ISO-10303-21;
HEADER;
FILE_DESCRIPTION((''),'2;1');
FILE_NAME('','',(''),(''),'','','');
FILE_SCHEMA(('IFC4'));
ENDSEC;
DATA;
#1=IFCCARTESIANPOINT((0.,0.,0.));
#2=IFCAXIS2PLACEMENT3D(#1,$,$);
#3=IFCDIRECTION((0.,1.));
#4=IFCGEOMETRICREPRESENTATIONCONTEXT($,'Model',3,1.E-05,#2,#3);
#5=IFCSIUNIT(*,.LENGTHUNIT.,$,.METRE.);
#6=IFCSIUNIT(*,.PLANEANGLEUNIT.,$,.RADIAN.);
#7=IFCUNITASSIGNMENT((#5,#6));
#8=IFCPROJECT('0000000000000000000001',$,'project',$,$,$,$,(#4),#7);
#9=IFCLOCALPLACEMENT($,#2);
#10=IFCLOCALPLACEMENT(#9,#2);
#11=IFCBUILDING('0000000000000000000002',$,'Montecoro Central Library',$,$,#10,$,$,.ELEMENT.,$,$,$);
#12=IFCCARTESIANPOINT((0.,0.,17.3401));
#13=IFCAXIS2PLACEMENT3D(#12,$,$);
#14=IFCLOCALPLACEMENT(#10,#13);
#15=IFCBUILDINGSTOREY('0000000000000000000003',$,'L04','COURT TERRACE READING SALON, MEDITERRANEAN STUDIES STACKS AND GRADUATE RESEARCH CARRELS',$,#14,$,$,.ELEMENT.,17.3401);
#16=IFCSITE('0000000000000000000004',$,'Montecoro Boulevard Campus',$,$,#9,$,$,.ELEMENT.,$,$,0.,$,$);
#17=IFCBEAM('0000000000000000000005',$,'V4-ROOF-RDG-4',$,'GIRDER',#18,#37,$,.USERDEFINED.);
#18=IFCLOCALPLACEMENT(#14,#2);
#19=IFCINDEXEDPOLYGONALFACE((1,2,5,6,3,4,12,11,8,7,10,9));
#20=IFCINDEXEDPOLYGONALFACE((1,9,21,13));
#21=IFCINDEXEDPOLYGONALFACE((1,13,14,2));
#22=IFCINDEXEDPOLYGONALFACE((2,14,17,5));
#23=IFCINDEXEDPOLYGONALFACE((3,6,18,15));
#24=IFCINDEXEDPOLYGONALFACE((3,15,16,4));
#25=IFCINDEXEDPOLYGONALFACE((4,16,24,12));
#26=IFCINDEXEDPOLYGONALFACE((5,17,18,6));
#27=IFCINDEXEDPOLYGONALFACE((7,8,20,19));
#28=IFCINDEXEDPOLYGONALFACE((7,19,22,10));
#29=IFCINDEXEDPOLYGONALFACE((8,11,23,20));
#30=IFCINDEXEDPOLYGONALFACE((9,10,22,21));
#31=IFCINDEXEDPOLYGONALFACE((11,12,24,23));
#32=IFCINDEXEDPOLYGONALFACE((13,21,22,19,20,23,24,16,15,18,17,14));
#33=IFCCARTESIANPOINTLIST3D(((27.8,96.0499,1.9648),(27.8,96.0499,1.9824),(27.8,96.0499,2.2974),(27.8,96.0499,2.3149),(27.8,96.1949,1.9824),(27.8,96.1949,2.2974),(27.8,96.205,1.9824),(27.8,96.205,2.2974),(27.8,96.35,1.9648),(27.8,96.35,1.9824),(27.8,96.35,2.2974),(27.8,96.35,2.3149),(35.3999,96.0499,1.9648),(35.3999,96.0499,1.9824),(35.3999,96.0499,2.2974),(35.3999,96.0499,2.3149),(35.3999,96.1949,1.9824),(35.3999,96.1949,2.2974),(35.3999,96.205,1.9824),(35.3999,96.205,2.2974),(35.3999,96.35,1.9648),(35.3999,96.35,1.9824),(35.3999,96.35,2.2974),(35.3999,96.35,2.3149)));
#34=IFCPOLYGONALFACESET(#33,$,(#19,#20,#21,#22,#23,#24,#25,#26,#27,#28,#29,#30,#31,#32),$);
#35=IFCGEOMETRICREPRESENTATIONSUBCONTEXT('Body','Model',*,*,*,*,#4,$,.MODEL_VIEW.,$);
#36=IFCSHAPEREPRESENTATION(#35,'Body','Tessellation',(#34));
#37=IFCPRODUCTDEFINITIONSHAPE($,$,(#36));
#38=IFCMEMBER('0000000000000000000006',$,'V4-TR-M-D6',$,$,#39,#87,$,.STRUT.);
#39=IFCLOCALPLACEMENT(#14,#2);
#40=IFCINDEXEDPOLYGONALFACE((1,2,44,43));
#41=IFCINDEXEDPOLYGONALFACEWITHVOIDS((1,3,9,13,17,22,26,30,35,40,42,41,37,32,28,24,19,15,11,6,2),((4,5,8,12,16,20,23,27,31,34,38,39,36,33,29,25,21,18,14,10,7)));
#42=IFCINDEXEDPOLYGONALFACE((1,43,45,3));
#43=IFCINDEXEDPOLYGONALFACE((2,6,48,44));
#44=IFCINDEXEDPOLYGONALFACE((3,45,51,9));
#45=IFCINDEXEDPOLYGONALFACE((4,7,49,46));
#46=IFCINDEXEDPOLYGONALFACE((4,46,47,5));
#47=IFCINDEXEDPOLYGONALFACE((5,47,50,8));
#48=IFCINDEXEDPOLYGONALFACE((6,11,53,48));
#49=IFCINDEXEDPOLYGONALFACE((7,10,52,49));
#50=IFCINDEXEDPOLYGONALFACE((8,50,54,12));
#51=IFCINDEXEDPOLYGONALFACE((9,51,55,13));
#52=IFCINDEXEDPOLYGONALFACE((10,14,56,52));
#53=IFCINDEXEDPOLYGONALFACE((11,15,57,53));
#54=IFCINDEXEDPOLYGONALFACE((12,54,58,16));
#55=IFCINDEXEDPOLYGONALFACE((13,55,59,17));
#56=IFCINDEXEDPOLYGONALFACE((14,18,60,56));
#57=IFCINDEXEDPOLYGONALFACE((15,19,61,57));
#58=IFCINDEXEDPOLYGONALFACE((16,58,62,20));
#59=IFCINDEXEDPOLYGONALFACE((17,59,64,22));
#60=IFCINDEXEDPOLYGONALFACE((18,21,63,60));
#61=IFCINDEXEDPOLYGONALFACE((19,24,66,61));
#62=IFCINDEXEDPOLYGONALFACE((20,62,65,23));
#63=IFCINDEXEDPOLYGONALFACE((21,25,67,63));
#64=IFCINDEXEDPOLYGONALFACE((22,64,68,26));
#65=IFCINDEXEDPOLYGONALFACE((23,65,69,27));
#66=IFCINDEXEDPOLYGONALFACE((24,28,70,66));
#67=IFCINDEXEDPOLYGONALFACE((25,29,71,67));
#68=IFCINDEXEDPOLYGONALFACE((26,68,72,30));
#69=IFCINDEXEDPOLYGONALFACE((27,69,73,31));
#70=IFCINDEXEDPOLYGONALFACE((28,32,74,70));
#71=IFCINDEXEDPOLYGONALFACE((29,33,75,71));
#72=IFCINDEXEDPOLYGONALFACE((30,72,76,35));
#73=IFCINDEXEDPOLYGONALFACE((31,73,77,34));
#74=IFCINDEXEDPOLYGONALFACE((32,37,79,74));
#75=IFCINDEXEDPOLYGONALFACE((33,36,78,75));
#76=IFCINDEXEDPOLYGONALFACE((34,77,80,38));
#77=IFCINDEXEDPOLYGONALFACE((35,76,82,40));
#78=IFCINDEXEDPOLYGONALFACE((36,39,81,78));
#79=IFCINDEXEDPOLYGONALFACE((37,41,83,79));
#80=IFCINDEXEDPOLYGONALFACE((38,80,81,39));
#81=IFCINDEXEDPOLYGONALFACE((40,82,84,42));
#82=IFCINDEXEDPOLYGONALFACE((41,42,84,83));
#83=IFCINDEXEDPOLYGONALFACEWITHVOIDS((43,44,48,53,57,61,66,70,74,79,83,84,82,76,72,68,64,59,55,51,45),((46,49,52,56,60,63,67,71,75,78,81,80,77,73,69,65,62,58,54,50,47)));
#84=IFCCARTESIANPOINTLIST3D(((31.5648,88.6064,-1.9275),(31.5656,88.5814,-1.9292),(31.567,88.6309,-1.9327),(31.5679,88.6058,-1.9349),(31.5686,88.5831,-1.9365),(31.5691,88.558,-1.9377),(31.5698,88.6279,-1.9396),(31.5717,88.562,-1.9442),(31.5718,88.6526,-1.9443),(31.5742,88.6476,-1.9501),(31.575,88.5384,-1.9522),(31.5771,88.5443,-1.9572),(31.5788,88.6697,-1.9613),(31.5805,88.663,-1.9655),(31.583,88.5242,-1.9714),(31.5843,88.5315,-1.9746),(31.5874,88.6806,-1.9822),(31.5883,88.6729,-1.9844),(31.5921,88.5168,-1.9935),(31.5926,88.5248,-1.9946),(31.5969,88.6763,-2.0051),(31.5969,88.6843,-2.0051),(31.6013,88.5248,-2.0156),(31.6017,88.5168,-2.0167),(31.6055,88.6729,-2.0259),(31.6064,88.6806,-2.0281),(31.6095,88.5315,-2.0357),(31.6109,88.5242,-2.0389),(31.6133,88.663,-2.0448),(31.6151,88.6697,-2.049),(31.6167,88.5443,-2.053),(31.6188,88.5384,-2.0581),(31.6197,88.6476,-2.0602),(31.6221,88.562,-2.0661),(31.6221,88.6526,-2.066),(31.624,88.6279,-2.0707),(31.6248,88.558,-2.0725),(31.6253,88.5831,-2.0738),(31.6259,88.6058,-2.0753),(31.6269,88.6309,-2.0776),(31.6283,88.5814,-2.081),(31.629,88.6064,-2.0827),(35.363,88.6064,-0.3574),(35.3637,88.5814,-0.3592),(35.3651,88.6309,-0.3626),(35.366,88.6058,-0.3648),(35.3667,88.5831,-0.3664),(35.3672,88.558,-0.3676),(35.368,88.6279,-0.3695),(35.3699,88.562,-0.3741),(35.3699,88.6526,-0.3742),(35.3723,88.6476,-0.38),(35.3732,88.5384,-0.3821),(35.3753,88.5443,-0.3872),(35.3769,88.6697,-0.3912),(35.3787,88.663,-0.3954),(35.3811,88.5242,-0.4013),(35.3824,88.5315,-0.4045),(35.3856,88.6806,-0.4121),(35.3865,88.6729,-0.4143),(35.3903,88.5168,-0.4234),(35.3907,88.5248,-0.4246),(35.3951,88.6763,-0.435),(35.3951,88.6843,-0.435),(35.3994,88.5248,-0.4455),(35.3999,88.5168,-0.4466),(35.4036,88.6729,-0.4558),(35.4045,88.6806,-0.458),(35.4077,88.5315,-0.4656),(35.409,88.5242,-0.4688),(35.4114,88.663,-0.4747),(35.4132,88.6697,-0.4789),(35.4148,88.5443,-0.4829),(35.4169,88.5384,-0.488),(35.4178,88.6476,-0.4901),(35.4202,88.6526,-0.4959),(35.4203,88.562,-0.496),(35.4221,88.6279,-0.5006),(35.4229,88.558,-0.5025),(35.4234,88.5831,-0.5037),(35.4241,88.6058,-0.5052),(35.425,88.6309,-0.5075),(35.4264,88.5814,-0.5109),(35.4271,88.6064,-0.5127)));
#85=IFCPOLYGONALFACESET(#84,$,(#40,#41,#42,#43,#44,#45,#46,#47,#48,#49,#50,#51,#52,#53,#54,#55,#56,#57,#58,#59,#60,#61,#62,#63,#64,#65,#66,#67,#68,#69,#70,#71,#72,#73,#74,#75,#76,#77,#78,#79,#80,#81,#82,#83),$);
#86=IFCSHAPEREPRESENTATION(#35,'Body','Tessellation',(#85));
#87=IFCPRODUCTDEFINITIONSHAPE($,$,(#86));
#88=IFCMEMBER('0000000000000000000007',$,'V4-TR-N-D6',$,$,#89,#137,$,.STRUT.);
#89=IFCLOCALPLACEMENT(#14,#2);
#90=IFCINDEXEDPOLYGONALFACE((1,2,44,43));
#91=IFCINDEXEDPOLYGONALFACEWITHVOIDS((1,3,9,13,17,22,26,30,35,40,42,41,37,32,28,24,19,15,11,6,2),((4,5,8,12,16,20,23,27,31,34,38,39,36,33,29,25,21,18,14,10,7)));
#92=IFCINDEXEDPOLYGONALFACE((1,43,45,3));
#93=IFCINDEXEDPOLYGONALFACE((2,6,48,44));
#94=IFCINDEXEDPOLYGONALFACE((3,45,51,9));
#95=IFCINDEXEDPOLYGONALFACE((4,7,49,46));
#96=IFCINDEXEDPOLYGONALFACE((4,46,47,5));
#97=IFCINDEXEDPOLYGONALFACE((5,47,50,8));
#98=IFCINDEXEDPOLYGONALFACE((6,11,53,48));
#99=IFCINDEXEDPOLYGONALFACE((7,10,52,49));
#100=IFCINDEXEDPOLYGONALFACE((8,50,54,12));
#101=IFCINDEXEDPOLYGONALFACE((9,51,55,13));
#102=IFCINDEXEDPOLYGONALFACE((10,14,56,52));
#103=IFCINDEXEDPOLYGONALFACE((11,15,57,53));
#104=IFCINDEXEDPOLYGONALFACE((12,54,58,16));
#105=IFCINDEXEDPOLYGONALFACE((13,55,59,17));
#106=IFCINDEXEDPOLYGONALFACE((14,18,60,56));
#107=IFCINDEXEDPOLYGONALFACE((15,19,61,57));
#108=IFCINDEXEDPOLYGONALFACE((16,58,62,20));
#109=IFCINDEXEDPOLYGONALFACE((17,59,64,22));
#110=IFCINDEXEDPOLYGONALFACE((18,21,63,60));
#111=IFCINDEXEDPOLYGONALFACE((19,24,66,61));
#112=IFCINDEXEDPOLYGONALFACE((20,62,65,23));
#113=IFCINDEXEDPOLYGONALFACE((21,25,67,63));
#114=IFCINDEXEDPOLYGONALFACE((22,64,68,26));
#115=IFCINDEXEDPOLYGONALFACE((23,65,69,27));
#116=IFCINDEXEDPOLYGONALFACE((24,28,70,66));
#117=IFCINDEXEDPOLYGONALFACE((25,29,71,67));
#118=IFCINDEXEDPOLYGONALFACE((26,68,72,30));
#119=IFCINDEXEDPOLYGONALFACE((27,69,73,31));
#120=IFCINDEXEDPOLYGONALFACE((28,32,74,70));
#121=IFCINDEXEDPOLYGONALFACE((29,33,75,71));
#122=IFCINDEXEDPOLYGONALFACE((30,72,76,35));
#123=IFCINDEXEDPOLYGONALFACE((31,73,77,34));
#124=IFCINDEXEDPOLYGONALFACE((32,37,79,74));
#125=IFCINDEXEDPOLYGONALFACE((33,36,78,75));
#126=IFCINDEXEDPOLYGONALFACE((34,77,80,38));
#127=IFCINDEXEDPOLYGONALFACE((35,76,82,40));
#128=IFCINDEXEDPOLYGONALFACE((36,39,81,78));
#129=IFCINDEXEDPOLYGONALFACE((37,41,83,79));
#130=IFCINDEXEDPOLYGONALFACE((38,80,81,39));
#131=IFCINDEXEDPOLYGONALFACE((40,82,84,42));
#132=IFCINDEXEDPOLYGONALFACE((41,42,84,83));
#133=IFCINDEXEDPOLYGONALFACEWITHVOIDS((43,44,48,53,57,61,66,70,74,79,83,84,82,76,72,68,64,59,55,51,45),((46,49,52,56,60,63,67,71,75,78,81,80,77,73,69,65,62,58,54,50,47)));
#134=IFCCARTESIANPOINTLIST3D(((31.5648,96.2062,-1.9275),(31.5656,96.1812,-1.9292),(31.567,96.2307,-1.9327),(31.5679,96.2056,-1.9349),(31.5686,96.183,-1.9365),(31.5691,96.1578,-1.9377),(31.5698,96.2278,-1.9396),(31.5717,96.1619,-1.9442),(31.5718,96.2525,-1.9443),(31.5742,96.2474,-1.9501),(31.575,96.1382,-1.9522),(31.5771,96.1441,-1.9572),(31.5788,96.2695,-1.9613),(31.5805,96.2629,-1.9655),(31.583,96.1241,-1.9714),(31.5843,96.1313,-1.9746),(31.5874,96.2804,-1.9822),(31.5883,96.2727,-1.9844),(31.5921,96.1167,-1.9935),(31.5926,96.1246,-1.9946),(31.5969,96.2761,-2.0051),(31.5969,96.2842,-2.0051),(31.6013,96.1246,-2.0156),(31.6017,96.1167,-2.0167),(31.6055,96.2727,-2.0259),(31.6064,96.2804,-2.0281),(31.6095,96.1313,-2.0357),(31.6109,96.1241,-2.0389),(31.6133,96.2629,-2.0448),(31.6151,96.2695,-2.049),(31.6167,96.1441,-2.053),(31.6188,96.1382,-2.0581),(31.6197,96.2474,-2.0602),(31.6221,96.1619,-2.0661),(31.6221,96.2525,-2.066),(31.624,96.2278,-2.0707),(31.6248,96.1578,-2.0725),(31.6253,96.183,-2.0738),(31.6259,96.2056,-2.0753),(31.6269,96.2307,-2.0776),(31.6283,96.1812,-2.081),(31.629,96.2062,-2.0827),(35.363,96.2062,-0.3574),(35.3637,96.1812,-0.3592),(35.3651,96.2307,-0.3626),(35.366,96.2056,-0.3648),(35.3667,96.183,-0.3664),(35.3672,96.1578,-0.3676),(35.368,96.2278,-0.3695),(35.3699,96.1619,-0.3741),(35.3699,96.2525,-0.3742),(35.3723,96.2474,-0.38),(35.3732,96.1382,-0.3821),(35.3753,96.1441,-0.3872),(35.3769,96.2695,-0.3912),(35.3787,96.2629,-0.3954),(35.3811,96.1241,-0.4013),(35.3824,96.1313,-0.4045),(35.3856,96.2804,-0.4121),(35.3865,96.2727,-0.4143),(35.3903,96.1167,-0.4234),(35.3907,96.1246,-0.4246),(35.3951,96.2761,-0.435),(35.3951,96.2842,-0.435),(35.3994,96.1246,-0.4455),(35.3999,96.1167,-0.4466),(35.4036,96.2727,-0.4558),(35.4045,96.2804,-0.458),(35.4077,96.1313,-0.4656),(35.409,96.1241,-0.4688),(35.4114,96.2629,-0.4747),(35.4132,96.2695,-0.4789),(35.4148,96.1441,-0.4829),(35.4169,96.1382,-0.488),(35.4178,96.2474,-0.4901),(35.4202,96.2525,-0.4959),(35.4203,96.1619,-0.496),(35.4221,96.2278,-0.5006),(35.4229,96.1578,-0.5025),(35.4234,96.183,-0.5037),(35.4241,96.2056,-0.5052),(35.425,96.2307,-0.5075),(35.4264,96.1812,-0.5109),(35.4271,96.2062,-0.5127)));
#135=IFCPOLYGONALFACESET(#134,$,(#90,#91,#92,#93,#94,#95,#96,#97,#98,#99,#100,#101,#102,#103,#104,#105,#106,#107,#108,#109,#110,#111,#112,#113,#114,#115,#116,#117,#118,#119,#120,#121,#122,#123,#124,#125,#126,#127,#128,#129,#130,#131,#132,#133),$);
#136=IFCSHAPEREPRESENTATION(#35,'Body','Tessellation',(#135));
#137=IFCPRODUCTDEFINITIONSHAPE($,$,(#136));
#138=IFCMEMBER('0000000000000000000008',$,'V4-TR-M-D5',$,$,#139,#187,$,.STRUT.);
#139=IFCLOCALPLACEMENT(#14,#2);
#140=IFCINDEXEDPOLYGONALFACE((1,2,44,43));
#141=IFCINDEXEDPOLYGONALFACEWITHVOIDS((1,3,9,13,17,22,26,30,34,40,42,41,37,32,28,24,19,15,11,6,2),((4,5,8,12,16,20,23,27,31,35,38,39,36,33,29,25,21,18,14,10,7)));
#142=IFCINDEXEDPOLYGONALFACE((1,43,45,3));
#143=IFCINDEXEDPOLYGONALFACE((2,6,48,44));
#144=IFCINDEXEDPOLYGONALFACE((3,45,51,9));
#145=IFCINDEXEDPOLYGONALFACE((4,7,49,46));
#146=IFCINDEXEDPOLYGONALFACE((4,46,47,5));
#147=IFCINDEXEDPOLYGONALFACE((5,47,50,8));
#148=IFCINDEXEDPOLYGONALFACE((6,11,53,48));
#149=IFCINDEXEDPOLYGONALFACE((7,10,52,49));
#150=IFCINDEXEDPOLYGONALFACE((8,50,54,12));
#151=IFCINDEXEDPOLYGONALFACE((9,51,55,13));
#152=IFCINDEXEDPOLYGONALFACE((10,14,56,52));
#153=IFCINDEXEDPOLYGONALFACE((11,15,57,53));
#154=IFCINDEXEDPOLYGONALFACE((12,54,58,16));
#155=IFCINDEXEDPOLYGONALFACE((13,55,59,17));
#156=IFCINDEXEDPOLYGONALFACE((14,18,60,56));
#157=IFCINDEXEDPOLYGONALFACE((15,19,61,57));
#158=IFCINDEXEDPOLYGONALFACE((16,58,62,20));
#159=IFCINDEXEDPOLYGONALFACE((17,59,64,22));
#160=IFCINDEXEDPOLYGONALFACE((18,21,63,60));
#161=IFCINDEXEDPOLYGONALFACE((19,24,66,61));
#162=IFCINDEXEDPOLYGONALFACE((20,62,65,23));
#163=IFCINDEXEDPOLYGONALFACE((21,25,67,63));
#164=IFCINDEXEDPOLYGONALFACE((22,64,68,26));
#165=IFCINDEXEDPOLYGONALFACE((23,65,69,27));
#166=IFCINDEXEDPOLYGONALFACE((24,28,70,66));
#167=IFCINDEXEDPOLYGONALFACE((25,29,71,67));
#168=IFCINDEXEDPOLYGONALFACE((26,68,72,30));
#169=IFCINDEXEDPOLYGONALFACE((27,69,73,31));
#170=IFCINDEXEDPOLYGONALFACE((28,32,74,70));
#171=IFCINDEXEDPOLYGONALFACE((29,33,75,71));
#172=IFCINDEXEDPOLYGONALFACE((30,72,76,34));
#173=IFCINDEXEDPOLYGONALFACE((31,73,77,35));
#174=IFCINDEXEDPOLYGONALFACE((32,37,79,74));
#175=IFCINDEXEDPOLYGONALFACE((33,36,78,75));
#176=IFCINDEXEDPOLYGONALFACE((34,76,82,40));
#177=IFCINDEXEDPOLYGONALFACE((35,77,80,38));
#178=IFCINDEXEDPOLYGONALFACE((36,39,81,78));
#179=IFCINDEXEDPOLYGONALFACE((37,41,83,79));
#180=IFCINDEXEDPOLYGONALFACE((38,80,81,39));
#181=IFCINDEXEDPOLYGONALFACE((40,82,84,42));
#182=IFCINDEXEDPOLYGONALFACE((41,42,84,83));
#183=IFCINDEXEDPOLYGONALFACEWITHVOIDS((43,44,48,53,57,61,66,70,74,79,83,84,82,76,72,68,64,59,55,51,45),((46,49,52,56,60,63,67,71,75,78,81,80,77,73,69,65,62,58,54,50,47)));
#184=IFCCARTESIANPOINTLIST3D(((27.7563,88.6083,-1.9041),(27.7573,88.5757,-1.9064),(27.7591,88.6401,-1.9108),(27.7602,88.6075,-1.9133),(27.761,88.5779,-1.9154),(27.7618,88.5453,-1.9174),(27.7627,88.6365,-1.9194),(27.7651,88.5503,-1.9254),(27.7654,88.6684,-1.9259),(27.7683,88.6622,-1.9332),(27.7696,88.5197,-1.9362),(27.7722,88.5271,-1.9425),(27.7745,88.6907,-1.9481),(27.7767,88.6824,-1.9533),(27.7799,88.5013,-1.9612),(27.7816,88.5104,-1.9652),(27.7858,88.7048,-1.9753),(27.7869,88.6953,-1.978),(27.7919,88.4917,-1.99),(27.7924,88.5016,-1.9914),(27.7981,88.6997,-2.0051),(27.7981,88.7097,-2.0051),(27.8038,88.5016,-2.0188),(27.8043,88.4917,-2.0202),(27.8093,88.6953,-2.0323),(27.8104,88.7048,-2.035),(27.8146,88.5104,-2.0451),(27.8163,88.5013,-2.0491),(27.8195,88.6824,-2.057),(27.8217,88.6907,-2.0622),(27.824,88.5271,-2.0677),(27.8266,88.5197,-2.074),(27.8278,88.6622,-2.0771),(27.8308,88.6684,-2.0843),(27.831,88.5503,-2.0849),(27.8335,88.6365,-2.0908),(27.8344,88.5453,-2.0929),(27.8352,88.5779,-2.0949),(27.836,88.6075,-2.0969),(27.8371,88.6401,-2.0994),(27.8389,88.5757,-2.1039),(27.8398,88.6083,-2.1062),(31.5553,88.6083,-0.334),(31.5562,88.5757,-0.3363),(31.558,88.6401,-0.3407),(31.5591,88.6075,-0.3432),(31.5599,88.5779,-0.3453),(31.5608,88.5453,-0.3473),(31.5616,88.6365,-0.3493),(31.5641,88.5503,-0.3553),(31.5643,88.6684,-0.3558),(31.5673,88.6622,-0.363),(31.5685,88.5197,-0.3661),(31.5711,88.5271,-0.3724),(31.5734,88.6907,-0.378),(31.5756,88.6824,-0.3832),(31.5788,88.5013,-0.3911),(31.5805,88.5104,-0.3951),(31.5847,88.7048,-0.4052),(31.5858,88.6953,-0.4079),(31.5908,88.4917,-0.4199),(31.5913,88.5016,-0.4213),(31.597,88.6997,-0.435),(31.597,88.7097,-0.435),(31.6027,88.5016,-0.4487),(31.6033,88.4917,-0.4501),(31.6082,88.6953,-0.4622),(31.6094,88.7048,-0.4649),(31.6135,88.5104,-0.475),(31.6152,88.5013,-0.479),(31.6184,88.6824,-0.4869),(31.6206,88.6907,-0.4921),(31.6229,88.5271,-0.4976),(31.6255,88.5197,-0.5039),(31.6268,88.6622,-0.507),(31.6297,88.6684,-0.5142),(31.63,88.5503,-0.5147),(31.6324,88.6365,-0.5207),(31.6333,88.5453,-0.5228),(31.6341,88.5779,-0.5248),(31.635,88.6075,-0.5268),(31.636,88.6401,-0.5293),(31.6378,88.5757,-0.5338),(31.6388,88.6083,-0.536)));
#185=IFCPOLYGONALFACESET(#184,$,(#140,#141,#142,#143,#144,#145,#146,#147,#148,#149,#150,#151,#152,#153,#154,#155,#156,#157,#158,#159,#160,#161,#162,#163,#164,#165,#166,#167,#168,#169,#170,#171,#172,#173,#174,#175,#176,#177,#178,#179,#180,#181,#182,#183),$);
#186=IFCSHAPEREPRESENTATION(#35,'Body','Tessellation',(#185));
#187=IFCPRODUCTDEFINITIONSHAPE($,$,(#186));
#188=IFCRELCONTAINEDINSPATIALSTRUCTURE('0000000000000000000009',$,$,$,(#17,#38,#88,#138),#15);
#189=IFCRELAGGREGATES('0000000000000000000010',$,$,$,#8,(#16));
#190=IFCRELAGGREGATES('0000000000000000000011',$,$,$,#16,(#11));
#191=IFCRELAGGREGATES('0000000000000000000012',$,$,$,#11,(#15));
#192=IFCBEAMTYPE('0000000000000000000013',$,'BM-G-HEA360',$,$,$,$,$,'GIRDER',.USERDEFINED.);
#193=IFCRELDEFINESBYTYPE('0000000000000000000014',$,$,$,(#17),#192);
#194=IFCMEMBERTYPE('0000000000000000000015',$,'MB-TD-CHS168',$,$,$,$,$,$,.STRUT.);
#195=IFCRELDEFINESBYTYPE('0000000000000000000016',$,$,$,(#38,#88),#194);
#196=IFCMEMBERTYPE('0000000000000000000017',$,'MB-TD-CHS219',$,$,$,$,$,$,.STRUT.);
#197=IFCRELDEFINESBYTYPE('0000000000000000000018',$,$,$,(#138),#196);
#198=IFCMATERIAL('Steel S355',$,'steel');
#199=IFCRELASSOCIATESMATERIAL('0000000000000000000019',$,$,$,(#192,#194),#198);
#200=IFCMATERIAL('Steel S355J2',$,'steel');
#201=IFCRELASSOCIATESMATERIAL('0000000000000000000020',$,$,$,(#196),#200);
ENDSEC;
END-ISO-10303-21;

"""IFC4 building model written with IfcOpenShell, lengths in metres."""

from ifc_helpers import new_model, si_unit, direction, frame, origin, origin_2d, place, context, subcontext, project, spatial, hollow_circle, i_section, extrude, material, material_profile, profile_set, type_object, element, save


model = new_model("IFC4")

# Units and contexts
model_context = context("Model", 3, precision=1e-05, world=origin(), true_north=direction((0.0, 1.0)))
body_context = subcontext(model_context, "Body", "Model", "MODEL_VIEW")
ifc_project = project(units=[si_unit("LENGTHUNIT", "METRE"), si_unit("PLANEANGLEUNIT", "RADIAN")], contexts=[model_context])

# Site, building, storey
site_placement = place(None, origin())
site = spatial("IfcSite", under=ifc_project, at=site_placement, Name="Montecoro Boulevard Campus", CompositionType="ELEMENT", RefElevation=0.0)
building_placement = place(site_placement, origin())
building = spatial("IfcBuilding", under=site, at=building_placement, Name="Montecoro Central Library", CompositionType="ELEMENT")
storey_placement = place(building_placement, frame((0.0, 0.0, 17.3401)))
storey = spatial("IfcBuildingStorey", under=building, at=storey_placement, Name="L04", Description="COURT TERRACE READING SALON, MEDITERRANEAN STUDIES STACKS AND GRADUATE RESEARCH CARRELS", CompositionType="ELEMENT", Elevation=17.3401)

# Beam
ifc_material_1 = material(Name="Steel S355", Category="steel")
ifc_material_profile_1 = material_profile(ifc_material_1, i_section(OverallWidth=0.3, OverallDepth=0.3501, WebThickness=0.01, FlangeThickness=0.0176, at=origin_2d()), Name="HEA 360")
ifc_profile_set_1 = profile_set([ifc_material_profile_1], Name="Steel S355")
beam_type = type_object("IfcBeamType", Name="BM-G-HEA360", ElementType="GIRDER", PredefinedType="USERDEFINED", material=ifc_profile_set_1)
beam_placement = place(storey_placement, frame((27.8, 96.2, 2.1399), z_axis=(1.0, 0.0, 0.0), x_axis=(0.0, 1.0, 0.0)))
element("IfcBeam", 1, at=beam_placement, inside=storey, type_object=beam_type, Name="V4-ROOF-RDG-4", ObjectType="GIRDER", PredefinedType="USERDEFINED", context=body_context, shape_type="SweptSolid", body=[
    extrude(i_section(OverallWidth=0.3, OverallDepth=0.3501, WebThickness=0.01, FlangeThickness=0.0176, at=origin_2d()), origin(), (0.0, 0.0, 1.0), 7.5999),
])

# Members
ifc_material_profile_2 = material_profile(ifc_material_1, hollow_circle(Radius=0.0842, WallThickness=0.0081, at=origin_2d()), Name="CHS 168.3x8.0")
ifc_profile_set_2 = profile_set([ifc_material_profile_2], Name="Steel S355")
member_type_1 = type_object("IfcMemberType", Name="MB-TD-CHS168", PredefinedType="STRUT", material=ifc_profile_set_2)
for number, where, z_axis, x_axis, name in (
    (2, (31.5969, 88.6001, -2.0051), (0.924151, 0.0, 0.382028), (0.0, 1.0, 0.0), "V4-TR-M-D6"),
    (3, (31.5969, 96.2, -2.0051), (0.924151, 0.0, 0.382028), (0.0, 1.0, 0.0), "V4-TR-N-D6"),
):
    element("IfcMember", number, at=place(storey_placement, frame(where, z_axis=z_axis, x_axis=x_axis)), inside=storey, type_object=member_type_1, Name=name, PredefinedType="STRUT", context=body_context, shape_type="SweptSolid", body=[
        extrude(hollow_circle(Radius=0.0842, WallThickness=0.0081, at=origin_2d()), origin(), (0.0, 0.0, 1.0), 4.1099),
    ])
ifc_material_2 = material(Name="Steel S355J2", Category="steel")
ifc_material_profile_3 = material_profile(ifc_material_2, hollow_circle(Radius=0.1096, WallThickness=0.01, at=origin_2d()), Name="CHS 219.1x10.0")
ifc_profile_set_3 = profile_set([ifc_material_profile_3], Name="Steel S355J2")
member_type_2 = type_object("IfcMemberType", Name="MB-TD-CHS219", PredefinedType="STRUT", material=ifc_profile_set_3)
for number, where, z_axis, x_axis, name in (
    (4, (27.7981, 88.6001, -2.0051), (0.924177, 0.0, 0.381965), (0.0, 1.0, 0.0), "V4-TR-M-D5"),
):
    element("IfcMember", number, at=place(storey_placement, frame(where, z_axis=z_axis, x_axis=x_axis)), inside=storey, type_object=member_type_2, Name=name, PredefinedType="STRUT", context=body_context, shape_type="SweptSolid", body=[
        extrude(hollow_circle(Radius=0.1096, WallThickness=0.01, at=origin_2d()), origin(), (0.0, 0.0, 1.0), 4.1106),
    ])

save(model, "model.ifc")
